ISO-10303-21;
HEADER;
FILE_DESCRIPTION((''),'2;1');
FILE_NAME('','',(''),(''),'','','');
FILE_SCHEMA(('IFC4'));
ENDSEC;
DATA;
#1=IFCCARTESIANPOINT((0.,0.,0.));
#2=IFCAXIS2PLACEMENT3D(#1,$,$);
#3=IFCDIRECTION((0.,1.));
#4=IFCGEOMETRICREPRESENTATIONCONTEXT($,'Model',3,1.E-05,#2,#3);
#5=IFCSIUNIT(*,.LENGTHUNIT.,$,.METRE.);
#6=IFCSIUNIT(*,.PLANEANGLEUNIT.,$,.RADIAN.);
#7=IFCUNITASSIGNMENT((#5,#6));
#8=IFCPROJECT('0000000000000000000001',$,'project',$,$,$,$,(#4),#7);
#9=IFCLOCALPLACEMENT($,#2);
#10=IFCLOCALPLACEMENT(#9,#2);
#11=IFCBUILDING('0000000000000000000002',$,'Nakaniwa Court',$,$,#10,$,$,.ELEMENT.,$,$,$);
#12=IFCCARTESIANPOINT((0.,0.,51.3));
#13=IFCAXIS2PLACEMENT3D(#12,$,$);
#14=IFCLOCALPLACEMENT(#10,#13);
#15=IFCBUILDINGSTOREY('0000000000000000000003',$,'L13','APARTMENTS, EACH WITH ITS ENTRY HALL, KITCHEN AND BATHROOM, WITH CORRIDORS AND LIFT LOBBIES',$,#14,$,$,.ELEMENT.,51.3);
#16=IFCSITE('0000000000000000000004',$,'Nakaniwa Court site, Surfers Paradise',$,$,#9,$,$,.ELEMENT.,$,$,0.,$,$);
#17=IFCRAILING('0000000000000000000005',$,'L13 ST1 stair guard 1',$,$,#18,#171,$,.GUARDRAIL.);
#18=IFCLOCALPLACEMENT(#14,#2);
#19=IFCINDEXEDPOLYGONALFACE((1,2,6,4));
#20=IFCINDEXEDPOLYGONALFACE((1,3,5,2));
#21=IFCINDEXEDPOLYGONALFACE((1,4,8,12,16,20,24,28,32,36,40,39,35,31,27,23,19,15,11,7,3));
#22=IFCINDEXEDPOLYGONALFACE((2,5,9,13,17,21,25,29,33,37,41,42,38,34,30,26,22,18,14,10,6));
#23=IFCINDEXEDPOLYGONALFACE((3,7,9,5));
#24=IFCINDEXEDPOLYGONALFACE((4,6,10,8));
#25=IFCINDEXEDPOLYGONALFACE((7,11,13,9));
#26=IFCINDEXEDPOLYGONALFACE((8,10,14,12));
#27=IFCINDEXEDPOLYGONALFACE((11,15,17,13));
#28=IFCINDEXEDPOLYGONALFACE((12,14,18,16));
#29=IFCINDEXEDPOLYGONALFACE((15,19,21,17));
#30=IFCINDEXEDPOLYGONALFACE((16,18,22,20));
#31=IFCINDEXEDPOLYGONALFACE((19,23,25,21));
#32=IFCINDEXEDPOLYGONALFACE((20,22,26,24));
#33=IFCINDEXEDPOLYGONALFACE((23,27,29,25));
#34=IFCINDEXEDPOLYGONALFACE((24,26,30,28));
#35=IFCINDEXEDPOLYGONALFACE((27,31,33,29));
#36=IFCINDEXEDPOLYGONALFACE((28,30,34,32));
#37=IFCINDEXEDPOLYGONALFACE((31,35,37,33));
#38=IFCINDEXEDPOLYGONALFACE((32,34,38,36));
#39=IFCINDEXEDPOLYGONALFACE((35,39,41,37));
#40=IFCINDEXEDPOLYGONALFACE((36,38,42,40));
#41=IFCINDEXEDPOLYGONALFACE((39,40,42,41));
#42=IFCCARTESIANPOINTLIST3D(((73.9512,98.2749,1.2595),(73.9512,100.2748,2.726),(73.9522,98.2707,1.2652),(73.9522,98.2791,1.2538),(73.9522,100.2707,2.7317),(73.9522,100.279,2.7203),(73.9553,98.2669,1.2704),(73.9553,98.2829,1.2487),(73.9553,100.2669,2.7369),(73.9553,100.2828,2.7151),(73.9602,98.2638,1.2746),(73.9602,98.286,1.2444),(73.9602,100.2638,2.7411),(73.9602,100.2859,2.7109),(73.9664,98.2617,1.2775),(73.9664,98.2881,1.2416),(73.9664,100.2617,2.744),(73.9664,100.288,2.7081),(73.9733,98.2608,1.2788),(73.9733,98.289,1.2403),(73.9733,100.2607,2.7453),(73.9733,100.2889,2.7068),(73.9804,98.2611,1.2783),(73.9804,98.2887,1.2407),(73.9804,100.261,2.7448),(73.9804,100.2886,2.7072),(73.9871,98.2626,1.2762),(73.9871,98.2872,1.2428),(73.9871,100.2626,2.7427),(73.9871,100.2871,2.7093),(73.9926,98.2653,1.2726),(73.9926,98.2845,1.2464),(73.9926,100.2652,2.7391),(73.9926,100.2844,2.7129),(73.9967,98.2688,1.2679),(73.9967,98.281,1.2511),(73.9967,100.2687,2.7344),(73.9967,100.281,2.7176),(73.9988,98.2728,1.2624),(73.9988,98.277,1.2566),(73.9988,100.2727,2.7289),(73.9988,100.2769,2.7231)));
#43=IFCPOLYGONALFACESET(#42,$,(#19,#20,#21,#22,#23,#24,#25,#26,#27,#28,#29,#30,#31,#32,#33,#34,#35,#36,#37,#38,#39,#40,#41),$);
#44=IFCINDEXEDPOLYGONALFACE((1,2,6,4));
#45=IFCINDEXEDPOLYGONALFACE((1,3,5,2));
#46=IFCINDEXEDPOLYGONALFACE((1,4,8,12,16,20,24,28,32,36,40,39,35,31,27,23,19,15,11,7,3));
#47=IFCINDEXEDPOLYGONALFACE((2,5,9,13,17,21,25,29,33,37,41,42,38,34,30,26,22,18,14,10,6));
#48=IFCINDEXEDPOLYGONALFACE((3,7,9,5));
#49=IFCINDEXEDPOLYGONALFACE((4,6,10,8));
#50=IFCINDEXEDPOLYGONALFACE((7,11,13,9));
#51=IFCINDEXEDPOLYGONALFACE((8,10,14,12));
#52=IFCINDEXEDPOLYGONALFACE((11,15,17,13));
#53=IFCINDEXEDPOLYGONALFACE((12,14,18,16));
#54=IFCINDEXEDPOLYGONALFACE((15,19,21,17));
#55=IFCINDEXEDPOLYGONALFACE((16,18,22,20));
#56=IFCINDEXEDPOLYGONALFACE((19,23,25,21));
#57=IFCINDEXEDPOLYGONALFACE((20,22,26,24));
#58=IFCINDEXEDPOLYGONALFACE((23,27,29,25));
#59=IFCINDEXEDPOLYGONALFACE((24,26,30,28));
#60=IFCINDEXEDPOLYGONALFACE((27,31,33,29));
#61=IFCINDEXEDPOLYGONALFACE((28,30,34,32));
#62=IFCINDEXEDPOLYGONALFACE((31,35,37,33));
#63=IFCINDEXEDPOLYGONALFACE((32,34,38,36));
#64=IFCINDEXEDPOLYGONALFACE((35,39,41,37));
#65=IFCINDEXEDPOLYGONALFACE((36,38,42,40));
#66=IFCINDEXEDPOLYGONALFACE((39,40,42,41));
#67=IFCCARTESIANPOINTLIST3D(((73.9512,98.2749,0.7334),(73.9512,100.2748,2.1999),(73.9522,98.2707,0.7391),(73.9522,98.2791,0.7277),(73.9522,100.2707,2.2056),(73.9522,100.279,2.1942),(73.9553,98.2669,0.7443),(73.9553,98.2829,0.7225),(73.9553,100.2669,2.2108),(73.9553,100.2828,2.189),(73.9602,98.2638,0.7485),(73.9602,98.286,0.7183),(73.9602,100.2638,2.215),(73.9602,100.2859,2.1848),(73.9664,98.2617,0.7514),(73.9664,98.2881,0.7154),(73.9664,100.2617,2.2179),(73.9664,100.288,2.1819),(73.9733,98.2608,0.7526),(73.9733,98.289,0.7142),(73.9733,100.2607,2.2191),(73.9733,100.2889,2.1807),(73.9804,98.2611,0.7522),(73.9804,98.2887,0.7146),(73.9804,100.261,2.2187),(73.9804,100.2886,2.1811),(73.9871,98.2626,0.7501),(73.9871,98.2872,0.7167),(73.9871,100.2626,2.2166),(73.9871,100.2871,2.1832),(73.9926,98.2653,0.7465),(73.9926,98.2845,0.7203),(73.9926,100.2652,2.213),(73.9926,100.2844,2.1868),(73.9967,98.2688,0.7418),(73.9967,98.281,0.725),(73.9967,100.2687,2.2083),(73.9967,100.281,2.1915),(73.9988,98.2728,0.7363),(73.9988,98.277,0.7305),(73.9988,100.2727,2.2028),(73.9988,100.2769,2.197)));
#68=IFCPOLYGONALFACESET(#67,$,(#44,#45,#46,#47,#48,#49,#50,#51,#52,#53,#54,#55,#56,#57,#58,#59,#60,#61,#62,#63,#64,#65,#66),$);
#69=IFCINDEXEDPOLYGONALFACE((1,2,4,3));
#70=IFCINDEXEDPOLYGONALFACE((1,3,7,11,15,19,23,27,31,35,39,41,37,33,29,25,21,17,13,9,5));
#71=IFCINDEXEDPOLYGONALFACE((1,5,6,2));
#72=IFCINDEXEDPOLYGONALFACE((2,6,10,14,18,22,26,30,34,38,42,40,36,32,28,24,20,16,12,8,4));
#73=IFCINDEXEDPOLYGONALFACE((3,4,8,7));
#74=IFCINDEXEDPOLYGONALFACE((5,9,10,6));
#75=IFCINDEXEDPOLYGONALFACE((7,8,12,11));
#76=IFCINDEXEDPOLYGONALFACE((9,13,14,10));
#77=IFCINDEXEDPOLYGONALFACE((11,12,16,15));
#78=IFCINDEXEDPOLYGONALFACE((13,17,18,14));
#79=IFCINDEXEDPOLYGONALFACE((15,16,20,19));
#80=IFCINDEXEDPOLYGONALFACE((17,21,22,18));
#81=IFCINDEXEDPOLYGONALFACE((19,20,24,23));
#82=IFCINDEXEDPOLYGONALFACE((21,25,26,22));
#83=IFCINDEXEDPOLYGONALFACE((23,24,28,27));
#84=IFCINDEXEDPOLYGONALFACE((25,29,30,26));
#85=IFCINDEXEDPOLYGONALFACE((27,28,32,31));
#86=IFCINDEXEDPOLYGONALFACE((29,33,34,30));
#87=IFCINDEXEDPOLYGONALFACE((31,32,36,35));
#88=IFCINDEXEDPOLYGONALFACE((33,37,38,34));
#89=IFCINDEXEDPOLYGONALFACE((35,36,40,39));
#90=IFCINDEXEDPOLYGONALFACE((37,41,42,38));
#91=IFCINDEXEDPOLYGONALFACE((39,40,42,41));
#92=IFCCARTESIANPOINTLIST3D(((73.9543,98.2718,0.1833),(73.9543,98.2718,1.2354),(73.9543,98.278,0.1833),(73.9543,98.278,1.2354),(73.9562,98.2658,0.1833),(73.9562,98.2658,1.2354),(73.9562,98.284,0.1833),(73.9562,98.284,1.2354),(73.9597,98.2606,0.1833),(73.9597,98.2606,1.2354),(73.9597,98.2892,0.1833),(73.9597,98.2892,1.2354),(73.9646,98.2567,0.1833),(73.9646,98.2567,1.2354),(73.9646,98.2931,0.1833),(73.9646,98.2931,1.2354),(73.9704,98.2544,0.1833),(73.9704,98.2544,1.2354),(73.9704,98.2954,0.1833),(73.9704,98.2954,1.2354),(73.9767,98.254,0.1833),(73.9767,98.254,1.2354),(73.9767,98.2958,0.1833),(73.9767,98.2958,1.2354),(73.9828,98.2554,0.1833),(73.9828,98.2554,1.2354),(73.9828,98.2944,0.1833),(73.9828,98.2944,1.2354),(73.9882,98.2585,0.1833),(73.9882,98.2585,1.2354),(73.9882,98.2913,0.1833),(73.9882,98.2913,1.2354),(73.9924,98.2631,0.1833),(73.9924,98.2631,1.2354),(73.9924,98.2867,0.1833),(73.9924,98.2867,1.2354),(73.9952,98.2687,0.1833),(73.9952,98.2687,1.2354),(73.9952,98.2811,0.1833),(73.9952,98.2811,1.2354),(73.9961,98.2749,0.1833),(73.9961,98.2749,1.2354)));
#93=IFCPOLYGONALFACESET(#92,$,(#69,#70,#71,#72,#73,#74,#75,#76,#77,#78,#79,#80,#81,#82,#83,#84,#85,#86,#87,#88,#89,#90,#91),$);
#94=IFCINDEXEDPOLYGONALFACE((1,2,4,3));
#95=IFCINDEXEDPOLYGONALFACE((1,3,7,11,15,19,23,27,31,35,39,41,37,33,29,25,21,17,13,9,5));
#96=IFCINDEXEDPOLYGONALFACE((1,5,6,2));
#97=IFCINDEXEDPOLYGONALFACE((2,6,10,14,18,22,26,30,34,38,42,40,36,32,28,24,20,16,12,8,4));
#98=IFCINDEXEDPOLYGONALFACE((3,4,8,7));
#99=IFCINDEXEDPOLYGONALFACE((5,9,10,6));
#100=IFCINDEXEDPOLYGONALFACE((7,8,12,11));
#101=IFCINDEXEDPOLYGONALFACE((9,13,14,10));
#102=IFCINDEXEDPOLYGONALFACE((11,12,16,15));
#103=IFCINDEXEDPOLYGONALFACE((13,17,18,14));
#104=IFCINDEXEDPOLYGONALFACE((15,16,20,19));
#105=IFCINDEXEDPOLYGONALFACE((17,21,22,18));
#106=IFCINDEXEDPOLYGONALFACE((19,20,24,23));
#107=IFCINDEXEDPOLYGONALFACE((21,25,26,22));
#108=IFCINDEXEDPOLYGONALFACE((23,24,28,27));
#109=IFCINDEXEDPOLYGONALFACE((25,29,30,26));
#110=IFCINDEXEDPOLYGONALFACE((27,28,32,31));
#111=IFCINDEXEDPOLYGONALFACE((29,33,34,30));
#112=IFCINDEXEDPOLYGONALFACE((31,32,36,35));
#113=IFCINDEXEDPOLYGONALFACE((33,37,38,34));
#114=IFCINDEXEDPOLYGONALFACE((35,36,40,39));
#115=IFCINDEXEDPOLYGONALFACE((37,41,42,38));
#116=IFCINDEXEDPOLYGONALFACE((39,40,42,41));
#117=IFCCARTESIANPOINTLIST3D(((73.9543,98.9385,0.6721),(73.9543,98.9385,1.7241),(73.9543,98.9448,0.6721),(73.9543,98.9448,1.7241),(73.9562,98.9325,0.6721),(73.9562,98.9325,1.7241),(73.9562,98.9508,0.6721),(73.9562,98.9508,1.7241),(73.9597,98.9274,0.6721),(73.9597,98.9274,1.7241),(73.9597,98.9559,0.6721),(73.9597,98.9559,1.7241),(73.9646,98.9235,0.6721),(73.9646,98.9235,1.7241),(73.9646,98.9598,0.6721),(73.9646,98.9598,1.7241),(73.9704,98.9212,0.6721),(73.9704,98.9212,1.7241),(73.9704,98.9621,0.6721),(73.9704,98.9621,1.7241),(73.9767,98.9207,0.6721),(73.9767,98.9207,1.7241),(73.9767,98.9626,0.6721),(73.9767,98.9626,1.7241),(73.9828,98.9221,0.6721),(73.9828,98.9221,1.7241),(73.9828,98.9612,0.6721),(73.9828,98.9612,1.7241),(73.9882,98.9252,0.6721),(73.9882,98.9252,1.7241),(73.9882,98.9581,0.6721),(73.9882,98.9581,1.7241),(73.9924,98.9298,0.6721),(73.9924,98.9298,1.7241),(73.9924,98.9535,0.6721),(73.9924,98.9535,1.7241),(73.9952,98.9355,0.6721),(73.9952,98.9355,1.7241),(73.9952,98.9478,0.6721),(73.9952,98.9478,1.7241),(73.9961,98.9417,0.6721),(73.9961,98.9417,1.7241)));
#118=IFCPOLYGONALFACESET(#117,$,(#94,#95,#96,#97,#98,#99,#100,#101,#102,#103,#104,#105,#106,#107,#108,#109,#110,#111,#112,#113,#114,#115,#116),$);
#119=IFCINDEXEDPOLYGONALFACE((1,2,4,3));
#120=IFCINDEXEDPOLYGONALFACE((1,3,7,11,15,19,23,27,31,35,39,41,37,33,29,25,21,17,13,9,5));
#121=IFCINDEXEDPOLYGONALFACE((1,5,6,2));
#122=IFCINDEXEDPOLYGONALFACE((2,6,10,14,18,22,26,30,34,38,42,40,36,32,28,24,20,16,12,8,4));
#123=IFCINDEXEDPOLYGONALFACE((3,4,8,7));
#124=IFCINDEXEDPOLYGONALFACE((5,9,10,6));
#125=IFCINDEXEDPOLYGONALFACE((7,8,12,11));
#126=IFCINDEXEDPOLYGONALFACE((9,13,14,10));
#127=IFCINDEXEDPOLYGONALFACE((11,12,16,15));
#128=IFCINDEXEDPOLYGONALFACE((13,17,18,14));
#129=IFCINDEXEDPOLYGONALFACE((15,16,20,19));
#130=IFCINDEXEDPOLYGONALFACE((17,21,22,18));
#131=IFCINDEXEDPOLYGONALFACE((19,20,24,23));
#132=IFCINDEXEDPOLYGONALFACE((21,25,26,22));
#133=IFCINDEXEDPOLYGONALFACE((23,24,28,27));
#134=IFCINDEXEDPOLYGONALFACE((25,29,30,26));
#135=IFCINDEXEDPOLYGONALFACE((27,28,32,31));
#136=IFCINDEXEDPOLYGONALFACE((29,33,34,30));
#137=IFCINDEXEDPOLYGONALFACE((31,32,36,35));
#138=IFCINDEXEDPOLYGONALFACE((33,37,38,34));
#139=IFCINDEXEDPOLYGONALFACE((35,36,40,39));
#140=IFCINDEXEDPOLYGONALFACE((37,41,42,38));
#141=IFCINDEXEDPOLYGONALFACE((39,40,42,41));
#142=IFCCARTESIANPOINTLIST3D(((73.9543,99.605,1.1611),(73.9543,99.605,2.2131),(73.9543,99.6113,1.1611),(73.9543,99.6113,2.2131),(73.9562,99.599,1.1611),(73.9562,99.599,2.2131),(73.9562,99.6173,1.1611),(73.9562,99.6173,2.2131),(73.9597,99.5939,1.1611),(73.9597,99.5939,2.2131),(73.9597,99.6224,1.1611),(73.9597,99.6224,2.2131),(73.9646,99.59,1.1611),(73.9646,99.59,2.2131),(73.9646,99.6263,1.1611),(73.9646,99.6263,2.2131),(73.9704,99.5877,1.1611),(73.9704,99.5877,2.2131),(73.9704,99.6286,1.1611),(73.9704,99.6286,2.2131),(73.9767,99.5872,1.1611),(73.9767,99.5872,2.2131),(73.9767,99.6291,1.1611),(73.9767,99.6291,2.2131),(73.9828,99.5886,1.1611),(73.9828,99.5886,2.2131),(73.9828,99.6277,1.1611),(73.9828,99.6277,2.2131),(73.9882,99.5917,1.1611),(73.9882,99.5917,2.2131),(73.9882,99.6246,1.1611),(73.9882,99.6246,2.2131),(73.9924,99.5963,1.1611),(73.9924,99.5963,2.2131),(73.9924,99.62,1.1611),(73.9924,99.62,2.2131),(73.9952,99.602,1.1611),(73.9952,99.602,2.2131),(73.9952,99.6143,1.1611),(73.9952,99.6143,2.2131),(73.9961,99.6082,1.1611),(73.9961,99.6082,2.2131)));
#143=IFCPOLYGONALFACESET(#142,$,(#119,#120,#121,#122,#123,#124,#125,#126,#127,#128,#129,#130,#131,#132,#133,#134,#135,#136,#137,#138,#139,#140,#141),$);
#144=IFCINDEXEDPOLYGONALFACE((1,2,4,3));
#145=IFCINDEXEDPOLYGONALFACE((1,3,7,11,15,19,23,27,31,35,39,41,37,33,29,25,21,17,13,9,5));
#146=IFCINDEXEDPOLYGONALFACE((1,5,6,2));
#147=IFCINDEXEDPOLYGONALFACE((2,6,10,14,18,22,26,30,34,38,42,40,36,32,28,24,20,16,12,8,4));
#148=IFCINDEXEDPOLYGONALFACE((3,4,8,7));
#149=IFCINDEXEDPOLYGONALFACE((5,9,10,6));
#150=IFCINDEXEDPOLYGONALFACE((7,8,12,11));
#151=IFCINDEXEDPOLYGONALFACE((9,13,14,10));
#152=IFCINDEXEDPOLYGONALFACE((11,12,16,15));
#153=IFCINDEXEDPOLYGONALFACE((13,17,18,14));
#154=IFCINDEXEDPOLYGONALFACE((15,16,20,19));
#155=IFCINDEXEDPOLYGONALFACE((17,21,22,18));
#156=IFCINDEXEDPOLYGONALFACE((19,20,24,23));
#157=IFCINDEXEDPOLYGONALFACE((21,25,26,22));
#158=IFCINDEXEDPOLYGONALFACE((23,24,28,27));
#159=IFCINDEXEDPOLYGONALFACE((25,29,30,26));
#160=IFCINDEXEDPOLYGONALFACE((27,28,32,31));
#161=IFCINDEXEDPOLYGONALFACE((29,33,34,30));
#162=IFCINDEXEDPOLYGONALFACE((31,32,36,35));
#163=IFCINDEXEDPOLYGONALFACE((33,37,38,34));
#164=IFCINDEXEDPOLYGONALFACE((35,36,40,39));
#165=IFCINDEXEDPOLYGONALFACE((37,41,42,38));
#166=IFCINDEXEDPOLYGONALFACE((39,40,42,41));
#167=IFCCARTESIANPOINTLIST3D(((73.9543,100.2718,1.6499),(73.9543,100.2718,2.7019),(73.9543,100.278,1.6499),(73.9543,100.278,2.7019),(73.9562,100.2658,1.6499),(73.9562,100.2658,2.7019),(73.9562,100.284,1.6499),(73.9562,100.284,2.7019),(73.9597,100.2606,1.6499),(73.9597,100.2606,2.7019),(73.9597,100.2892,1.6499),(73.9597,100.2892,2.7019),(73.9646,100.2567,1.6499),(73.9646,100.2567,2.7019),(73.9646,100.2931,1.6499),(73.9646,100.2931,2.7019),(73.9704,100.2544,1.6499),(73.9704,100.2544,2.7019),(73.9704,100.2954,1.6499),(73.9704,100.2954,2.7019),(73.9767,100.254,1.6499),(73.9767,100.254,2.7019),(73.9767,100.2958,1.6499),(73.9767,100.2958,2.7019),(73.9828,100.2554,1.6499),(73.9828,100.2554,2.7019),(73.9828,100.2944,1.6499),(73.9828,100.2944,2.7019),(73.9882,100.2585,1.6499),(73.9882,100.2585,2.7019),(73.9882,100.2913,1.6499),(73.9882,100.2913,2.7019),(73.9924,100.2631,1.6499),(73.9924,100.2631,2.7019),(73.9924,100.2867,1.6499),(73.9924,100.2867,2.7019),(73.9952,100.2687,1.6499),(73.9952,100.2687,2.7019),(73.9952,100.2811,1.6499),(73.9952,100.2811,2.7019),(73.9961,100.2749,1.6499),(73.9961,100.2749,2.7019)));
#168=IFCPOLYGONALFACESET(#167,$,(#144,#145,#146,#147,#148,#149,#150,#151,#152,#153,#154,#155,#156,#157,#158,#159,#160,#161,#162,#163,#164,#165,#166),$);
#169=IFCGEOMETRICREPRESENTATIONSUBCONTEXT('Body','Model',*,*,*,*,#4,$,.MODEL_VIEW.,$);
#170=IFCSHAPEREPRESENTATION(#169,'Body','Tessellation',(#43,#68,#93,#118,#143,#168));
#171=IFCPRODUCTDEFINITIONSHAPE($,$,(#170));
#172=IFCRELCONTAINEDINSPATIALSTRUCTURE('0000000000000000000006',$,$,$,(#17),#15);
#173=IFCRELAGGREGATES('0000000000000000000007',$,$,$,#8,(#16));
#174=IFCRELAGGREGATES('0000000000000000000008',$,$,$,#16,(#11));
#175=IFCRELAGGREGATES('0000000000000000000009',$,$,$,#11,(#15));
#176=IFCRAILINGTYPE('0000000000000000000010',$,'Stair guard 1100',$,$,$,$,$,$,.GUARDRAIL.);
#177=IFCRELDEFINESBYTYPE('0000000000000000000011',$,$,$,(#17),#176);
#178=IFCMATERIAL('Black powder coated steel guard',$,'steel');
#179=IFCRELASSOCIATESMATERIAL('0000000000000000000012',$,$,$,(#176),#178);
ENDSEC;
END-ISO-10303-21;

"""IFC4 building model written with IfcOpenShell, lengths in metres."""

from ifc_helpers import new_model, si_unit, direction, frame, origin, origin_2d, place, context, subcontext, project, spatial, circle, extrude, material, type_object, element, save


model = new_model("IFC4")

# Units and contexts
model_context = context("Model", 3, precision=1e-05, world=origin(), true_north=direction((0.0, 1.0)))
body_context = subcontext(model_context, "Body", "Model", "MODEL_VIEW")
ifc_project = project(units=[si_unit("LENGTHUNIT", "METRE"), si_unit("PLANEANGLEUNIT", "RADIAN")], contexts=[model_context])

# Site, building, storey
site_placement = place(None, origin())
site = spatial("IfcSite", under=ifc_project, at=site_placement, Name="Nakaniwa Court site, Surfers Paradise", CompositionType="ELEMENT", RefElevation=0.0)
building_placement = place(site_placement, origin())
building = spatial("IfcBuilding", under=site, at=building_placement, Name="Nakaniwa Court", CompositionType="ELEMENT")
storey_placement = place(building_placement, frame((0.0, 0.0, 51.3)))
storey = spatial("IfcBuildingStorey", under=building, at=storey_placement, Name="L13", Description="APARTMENTS, EACH WITH ITS ENTRY HALL, KITCHEN AND BATHROOM, WITH CORRIDORS AND LIFT LOBBIES", CompositionType="ELEMENT", Elevation=51.3)

# Railing
ifc_material_1 = material(Name="Black powder coated steel guard", Category="steel")
railing_type_1 = type_object("IfcRailingType", Name="Stair guard 1100", PredefinedType="GUARDRAIL", material=ifc_material_1)
railing_1_placement = place(storey_placement, frame((73.9751, 98.2749, 0.1833)))
element("IfcRailing", 1, at=railing_1_placement, inside=storey, type_object=railing_type_1, Name="L13 ST1 stair guard 1", PredefinedType="GUARDRAIL", context=body_context, shape_type="SweptSolid", body=[
    extrude(circle(Radius=0.0239, at=origin_2d()), frame((0.0, 0.0, 1.0762), z_axis=(0.0, 0.806427, 0.591334), x_axis=(-1.0, 0.0, 0.0)), (0.0, 0.0, 1.0), 2.48),
    extrude(circle(Radius=0.0239, at=origin_2d()), frame((0.0, 0.0, 0.55), z_axis=(0.0, 0.806427, 0.591334), x_axis=(-1.0, 0.0, 0.0)), (0.0, 0.0, 1.0), 2.48),
    extrude(circle(Radius=0.021, at=origin_2d()), origin(), (0.0, 0.0, 1.0), 1.052),
    extrude(circle(Radius=0.021, at=origin_2d()), frame((0.0, 0.6667, 0.4888)), (0.0, 0.0, 1.0), 1.052),
    extrude(circle(Radius=0.021, at=origin_2d()), frame((0.0, 1.3333, 0.9778)), (0.0, 0.0, 1.0), 1.052),
    extrude(circle(Radius=0.021, at=origin_2d()), frame((0.0, 2.0, 1.4666)), (0.0, 0.0, 1.0), 1.052),
])

save(model, "model.ifc")
